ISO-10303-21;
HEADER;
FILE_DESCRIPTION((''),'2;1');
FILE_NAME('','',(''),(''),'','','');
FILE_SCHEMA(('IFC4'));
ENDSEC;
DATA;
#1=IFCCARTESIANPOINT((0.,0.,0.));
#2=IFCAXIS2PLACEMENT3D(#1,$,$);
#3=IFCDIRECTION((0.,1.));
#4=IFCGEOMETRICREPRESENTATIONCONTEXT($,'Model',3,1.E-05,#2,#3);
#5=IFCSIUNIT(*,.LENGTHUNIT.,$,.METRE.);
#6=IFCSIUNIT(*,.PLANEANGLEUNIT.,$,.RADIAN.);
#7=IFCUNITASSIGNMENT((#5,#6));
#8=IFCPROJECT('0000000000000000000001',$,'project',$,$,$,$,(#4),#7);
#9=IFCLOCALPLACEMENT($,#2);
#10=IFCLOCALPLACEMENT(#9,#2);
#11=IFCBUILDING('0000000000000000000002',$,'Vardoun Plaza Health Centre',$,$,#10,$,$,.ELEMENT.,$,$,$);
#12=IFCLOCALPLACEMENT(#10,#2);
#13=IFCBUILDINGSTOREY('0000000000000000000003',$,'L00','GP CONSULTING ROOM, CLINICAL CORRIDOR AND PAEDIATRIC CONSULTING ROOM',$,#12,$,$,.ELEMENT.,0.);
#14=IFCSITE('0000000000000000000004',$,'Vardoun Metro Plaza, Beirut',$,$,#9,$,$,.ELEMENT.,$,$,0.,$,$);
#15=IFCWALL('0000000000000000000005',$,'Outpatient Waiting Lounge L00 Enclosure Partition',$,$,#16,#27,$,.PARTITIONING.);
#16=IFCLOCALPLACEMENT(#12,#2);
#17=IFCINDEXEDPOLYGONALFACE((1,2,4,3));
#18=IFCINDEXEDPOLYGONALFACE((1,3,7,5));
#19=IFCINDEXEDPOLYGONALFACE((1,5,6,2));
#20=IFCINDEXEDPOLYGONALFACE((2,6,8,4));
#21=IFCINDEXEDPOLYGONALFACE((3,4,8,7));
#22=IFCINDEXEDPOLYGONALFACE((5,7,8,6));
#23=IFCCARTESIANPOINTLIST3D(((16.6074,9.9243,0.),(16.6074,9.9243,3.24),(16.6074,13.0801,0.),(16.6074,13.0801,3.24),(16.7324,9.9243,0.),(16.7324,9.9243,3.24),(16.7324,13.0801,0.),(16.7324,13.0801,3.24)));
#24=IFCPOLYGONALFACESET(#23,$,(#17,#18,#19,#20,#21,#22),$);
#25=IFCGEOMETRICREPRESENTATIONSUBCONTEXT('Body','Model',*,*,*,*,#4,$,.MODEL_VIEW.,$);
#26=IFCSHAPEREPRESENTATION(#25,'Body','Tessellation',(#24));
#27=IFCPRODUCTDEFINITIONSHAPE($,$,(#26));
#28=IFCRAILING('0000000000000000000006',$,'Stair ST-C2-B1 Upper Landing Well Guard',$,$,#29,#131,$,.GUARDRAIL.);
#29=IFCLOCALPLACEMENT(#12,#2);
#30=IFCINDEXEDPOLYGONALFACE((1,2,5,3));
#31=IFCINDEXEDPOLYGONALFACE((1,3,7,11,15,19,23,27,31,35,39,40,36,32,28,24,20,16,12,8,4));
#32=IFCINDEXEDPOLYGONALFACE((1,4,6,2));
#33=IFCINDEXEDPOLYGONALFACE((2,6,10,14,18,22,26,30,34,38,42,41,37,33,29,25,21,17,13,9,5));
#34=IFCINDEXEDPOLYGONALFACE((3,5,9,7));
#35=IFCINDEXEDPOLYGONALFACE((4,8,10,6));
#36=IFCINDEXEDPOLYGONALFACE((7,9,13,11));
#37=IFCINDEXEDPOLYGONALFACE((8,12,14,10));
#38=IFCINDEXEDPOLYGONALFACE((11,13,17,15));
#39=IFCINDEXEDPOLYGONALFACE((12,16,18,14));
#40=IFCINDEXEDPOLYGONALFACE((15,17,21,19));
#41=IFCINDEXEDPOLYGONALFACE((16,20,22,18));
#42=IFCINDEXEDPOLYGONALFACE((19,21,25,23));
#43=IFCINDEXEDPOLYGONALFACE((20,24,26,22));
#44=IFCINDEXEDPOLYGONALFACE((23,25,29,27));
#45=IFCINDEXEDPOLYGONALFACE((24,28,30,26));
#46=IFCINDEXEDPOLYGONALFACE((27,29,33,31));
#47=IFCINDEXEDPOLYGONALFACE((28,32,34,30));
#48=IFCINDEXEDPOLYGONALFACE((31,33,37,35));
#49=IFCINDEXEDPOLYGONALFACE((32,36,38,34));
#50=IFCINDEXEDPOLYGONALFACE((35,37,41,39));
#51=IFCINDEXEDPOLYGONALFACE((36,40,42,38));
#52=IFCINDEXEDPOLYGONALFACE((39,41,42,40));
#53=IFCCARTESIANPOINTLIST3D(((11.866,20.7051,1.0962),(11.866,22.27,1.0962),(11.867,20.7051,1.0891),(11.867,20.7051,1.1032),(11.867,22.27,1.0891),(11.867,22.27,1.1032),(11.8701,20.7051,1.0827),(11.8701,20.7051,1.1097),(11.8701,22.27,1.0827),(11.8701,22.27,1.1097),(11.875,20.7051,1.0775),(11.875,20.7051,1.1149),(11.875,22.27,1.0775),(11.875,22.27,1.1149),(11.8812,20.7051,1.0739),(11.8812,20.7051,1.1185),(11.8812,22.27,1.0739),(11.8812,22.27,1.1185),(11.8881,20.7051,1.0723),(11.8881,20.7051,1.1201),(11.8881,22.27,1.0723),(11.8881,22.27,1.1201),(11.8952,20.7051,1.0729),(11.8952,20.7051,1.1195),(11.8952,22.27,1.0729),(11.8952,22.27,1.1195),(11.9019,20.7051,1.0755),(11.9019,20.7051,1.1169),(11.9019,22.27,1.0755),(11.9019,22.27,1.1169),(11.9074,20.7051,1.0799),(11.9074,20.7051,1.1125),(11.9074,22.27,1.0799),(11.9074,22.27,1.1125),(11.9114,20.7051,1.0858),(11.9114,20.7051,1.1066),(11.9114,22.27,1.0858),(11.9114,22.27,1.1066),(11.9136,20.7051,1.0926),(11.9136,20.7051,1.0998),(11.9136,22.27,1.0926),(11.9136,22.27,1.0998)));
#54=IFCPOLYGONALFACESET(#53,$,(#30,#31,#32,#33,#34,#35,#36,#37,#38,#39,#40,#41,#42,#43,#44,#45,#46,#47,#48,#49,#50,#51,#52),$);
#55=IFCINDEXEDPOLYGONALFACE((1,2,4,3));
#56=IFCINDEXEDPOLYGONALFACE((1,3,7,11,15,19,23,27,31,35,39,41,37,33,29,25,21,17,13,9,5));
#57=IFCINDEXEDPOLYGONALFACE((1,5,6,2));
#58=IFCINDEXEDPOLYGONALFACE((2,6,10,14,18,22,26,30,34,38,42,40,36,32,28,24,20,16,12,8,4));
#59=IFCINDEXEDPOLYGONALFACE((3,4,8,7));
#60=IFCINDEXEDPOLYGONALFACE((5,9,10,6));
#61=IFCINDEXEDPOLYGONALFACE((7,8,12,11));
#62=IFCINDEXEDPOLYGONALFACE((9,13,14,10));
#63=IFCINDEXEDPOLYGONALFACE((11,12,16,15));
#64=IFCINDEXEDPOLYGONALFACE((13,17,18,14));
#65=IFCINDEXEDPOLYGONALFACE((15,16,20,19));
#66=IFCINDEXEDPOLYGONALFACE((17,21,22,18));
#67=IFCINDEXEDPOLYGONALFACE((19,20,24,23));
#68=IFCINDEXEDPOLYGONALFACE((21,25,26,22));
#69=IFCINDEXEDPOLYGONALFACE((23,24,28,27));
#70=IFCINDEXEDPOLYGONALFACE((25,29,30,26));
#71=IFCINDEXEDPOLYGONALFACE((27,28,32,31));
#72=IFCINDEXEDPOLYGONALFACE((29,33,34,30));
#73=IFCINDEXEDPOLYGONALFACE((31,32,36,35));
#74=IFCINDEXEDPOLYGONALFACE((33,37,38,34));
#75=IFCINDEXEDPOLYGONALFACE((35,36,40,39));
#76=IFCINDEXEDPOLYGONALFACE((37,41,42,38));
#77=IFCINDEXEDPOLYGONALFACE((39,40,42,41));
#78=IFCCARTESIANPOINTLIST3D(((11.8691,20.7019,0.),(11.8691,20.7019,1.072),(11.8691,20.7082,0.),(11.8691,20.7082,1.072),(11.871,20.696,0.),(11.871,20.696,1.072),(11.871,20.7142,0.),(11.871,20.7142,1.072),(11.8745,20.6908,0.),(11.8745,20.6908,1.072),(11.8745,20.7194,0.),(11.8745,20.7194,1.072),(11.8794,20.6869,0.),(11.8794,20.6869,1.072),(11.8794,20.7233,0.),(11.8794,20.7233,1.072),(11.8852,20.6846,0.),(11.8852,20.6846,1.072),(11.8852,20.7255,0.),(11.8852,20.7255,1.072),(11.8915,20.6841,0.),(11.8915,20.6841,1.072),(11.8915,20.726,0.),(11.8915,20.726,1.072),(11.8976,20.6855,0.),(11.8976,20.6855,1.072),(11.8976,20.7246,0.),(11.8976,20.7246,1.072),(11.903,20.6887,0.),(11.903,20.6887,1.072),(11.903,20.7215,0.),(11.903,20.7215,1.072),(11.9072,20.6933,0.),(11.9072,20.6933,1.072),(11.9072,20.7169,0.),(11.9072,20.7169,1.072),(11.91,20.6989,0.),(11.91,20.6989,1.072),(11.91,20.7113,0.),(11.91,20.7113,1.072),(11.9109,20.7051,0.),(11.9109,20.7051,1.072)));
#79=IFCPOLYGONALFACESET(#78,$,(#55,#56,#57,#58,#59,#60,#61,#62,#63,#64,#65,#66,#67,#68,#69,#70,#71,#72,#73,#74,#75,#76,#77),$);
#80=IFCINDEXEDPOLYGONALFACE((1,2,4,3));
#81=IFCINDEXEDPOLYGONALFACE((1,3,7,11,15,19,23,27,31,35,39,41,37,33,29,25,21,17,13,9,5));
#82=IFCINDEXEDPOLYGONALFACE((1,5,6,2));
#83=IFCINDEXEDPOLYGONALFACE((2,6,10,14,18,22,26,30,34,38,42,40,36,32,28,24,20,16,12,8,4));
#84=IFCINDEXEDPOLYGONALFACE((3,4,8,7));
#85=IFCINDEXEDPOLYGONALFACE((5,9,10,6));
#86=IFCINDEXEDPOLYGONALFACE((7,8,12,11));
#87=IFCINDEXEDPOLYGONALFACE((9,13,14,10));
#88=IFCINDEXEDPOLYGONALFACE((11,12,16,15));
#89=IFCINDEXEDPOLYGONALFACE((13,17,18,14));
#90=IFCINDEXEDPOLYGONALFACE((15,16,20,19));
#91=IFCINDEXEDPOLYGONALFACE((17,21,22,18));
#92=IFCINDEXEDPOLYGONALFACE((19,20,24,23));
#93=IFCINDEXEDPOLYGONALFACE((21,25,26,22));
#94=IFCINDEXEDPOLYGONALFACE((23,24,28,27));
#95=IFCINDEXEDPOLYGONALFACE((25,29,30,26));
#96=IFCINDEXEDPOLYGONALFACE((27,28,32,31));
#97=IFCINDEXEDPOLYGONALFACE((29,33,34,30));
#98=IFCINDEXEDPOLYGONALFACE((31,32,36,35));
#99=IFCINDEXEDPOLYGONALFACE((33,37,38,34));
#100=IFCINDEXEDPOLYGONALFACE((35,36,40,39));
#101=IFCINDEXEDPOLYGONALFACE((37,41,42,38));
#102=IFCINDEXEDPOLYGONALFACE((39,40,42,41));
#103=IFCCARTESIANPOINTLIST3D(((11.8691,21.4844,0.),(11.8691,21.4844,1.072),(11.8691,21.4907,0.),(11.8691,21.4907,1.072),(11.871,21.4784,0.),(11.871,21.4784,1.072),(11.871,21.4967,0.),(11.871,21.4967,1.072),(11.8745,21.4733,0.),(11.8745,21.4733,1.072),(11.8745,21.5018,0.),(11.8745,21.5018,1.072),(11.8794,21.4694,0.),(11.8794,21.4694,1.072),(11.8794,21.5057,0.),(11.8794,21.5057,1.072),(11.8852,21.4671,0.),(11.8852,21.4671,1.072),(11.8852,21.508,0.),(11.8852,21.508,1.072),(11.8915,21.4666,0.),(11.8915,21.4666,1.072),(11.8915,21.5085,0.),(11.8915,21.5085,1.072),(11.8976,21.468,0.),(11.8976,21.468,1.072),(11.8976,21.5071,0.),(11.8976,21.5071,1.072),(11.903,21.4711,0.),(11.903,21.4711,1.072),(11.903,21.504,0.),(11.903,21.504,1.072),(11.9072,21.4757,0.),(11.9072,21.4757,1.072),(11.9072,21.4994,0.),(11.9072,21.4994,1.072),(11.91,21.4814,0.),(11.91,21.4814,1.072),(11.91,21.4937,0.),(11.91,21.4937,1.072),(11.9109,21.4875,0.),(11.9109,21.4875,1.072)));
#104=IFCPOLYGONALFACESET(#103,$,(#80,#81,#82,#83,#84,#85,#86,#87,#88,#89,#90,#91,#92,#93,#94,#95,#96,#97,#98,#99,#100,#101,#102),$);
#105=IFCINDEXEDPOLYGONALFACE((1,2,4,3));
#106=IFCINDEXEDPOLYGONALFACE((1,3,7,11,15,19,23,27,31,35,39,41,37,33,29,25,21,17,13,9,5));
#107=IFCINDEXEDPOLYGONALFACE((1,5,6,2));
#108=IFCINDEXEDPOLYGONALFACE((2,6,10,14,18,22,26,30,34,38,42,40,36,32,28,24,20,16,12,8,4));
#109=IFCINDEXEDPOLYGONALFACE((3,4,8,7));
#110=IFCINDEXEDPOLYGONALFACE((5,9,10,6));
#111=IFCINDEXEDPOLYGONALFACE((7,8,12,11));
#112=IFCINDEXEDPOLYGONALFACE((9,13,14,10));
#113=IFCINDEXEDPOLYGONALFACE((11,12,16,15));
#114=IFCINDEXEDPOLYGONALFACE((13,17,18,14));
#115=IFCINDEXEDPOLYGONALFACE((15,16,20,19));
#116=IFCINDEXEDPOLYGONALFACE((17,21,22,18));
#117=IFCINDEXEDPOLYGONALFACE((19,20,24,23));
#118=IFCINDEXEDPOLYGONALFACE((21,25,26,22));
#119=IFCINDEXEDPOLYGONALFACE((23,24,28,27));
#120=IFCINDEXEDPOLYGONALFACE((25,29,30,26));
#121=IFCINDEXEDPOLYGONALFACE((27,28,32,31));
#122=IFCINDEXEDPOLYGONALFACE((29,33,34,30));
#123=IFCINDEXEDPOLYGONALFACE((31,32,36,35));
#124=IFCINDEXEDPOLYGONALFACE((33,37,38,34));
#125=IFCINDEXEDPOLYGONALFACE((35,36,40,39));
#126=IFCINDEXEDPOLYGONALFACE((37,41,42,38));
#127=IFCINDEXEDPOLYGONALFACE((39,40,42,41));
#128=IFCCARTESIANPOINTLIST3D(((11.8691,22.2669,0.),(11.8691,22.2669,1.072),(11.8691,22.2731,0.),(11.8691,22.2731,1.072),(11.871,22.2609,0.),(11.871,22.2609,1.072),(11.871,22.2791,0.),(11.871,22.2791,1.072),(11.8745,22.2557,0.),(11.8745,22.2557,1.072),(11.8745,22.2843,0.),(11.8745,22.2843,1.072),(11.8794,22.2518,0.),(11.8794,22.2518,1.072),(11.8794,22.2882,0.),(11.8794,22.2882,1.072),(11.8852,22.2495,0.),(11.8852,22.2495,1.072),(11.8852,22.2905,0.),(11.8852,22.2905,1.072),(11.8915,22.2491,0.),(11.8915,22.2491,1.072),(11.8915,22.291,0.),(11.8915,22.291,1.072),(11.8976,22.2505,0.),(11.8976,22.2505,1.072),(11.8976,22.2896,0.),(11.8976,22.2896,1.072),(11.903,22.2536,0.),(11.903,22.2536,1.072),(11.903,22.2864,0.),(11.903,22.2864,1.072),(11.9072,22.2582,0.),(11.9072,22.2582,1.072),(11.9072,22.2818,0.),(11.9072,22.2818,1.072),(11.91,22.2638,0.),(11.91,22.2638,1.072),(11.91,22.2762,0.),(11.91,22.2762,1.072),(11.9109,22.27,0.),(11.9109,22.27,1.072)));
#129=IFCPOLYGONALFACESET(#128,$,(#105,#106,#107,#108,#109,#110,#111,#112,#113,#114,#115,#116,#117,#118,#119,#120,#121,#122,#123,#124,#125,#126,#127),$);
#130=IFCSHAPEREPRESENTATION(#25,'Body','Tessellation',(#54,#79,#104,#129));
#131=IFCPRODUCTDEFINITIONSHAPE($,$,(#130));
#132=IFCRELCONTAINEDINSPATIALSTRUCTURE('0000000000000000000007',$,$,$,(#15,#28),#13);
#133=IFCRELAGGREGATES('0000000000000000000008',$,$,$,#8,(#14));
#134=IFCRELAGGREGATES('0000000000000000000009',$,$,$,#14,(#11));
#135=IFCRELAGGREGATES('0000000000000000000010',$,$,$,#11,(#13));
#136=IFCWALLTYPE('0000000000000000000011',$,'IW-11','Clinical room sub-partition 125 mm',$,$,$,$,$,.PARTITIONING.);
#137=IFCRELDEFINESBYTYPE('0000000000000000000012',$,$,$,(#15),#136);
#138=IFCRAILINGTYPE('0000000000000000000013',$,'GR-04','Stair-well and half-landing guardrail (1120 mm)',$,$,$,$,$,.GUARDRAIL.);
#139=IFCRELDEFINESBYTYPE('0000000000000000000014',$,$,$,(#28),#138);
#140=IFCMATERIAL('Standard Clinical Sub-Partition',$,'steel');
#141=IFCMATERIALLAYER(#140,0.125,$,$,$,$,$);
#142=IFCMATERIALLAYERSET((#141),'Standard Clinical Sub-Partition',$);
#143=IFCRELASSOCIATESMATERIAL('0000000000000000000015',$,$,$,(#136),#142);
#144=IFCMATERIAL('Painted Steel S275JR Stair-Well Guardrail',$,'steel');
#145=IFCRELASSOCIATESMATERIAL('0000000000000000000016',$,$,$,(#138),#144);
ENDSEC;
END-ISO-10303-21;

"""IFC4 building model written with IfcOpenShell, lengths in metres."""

from ifc_helpers import new_model, si_unit, direction, frame, frame_2d, origin, origin_2d, place, context, subcontext, project, spatial, rectangle, circle, extrude, material, layer, layer_set, type_object, element, save


model = new_model("IFC4")

# Units and contexts
model_context = context("Model", 3, precision=1e-05, world=origin(), true_north=direction((0.0, 1.0)))
body_context = subcontext(model_context, "Body", "Model", "MODEL_VIEW")
ifc_project = project(units=[si_unit("LENGTHUNIT", "METRE"), si_unit("PLANEANGLEUNIT", "RADIAN")], contexts=[model_context])

# Site, building, storey
site_placement = place(None, origin())
site = spatial("IfcSite", under=ifc_project, at=site_placement, Name="Vardoun Metro Plaza, Beirut", CompositionType="ELEMENT", RefElevation=0.0)
building_placement = place(site_placement, origin())
building = spatial("IfcBuilding", under=site, at=building_placement, Name="Vardoun Plaza Health Centre", CompositionType="ELEMENT")
storey_placement = place(building_placement, origin())
storey = spatial("IfcBuildingStorey", under=building, at=storey_placement, Name="L00", Description="GP CONSULTING ROOM, CLINICAL CORRIDOR AND PAEDIATRIC CONSULTING ROOM", CompositionType="ELEMENT", Elevation=0.0)

# Wall
ifc_material_1 = material(Name="Standard Clinical Sub-Partition", Category="steel")
ifc_layer_1 = layer(ifc_material_1, 0.125)
ifc_layer_set_1 = layer_set([ifc_layer_1], Name="Standard Clinical Sub-Partition")
wall_type_1 = type_object("IfcWallType", Name="IW-11", Description="Clinical room sub-partition 125 mm", PredefinedType="PARTITIONING", material=ifc_layer_set_1)
wall_1_placement = place(storey_placement, frame((16.6699, 9.9243, 0.0), z_axis=(0.0, 0.0, 1.0), x_axis=(0.0, 1.0, 0.0)))
element("IfcWall", 1, at=wall_1_placement, inside=storey, type_object=wall_type_1, Name="Outpatient Waiting Lounge L00 Enclosure Partition", PredefinedType="PARTITIONING", context=body_context, shape_type="SweptSolid", body=[
    extrude(rectangle(XDim=3.1558, YDim=0.125, at=frame_2d((1.5779, 0.0))), origin(), (0.0, 0.0, 1.0), 3.24),
])

# Railing
ifc_material_2 = material(Name="Painted Steel S275JR Stair-Well Guardrail", Category="steel")
railing_type_1 = type_object("IfcRailingType", Name="GR-04", Description="Stair-well and half-landing guardrail (1120 mm)", PredefinedType="GUARDRAIL", material=ifc_material_2)
railing_1_placement = place(storey_placement, frame((11.8899, 20.7051, 0.0)))
element("IfcRailing", 2, at=railing_1_placement, inside=storey, type_object=railing_type_1, Name="Stair ST-C2-B1 Upper Landing Well Guard", PredefinedType="GUARDRAIL", context=body_context, shape_type="SweptSolid", body=[
    extrude(circle(Radius=0.0239, at=origin_2d()), frame((0.0, 0.0, 1.0962), z_axis=(0.0, 1.0, 0.0), x_axis=(-1.0, 0.0, 0.0)), (0.0, 0.0, 1.0), 1.5649),
    extrude(circle(Radius=0.021, at=origin_2d()), origin(), (0.0, 0.0, 1.0), 1.072),
    extrude(circle(Radius=0.021, at=origin_2d()), frame((0.0, 0.7825, 0.0)), (0.0, 0.0, 1.0), 1.072),
    extrude(circle(Radius=0.021, at=origin_2d()), frame((0.0, 1.5649, 0.0)), (0.0, 0.0, 1.0), 1.072),
])

save(model, "model.ifc")
